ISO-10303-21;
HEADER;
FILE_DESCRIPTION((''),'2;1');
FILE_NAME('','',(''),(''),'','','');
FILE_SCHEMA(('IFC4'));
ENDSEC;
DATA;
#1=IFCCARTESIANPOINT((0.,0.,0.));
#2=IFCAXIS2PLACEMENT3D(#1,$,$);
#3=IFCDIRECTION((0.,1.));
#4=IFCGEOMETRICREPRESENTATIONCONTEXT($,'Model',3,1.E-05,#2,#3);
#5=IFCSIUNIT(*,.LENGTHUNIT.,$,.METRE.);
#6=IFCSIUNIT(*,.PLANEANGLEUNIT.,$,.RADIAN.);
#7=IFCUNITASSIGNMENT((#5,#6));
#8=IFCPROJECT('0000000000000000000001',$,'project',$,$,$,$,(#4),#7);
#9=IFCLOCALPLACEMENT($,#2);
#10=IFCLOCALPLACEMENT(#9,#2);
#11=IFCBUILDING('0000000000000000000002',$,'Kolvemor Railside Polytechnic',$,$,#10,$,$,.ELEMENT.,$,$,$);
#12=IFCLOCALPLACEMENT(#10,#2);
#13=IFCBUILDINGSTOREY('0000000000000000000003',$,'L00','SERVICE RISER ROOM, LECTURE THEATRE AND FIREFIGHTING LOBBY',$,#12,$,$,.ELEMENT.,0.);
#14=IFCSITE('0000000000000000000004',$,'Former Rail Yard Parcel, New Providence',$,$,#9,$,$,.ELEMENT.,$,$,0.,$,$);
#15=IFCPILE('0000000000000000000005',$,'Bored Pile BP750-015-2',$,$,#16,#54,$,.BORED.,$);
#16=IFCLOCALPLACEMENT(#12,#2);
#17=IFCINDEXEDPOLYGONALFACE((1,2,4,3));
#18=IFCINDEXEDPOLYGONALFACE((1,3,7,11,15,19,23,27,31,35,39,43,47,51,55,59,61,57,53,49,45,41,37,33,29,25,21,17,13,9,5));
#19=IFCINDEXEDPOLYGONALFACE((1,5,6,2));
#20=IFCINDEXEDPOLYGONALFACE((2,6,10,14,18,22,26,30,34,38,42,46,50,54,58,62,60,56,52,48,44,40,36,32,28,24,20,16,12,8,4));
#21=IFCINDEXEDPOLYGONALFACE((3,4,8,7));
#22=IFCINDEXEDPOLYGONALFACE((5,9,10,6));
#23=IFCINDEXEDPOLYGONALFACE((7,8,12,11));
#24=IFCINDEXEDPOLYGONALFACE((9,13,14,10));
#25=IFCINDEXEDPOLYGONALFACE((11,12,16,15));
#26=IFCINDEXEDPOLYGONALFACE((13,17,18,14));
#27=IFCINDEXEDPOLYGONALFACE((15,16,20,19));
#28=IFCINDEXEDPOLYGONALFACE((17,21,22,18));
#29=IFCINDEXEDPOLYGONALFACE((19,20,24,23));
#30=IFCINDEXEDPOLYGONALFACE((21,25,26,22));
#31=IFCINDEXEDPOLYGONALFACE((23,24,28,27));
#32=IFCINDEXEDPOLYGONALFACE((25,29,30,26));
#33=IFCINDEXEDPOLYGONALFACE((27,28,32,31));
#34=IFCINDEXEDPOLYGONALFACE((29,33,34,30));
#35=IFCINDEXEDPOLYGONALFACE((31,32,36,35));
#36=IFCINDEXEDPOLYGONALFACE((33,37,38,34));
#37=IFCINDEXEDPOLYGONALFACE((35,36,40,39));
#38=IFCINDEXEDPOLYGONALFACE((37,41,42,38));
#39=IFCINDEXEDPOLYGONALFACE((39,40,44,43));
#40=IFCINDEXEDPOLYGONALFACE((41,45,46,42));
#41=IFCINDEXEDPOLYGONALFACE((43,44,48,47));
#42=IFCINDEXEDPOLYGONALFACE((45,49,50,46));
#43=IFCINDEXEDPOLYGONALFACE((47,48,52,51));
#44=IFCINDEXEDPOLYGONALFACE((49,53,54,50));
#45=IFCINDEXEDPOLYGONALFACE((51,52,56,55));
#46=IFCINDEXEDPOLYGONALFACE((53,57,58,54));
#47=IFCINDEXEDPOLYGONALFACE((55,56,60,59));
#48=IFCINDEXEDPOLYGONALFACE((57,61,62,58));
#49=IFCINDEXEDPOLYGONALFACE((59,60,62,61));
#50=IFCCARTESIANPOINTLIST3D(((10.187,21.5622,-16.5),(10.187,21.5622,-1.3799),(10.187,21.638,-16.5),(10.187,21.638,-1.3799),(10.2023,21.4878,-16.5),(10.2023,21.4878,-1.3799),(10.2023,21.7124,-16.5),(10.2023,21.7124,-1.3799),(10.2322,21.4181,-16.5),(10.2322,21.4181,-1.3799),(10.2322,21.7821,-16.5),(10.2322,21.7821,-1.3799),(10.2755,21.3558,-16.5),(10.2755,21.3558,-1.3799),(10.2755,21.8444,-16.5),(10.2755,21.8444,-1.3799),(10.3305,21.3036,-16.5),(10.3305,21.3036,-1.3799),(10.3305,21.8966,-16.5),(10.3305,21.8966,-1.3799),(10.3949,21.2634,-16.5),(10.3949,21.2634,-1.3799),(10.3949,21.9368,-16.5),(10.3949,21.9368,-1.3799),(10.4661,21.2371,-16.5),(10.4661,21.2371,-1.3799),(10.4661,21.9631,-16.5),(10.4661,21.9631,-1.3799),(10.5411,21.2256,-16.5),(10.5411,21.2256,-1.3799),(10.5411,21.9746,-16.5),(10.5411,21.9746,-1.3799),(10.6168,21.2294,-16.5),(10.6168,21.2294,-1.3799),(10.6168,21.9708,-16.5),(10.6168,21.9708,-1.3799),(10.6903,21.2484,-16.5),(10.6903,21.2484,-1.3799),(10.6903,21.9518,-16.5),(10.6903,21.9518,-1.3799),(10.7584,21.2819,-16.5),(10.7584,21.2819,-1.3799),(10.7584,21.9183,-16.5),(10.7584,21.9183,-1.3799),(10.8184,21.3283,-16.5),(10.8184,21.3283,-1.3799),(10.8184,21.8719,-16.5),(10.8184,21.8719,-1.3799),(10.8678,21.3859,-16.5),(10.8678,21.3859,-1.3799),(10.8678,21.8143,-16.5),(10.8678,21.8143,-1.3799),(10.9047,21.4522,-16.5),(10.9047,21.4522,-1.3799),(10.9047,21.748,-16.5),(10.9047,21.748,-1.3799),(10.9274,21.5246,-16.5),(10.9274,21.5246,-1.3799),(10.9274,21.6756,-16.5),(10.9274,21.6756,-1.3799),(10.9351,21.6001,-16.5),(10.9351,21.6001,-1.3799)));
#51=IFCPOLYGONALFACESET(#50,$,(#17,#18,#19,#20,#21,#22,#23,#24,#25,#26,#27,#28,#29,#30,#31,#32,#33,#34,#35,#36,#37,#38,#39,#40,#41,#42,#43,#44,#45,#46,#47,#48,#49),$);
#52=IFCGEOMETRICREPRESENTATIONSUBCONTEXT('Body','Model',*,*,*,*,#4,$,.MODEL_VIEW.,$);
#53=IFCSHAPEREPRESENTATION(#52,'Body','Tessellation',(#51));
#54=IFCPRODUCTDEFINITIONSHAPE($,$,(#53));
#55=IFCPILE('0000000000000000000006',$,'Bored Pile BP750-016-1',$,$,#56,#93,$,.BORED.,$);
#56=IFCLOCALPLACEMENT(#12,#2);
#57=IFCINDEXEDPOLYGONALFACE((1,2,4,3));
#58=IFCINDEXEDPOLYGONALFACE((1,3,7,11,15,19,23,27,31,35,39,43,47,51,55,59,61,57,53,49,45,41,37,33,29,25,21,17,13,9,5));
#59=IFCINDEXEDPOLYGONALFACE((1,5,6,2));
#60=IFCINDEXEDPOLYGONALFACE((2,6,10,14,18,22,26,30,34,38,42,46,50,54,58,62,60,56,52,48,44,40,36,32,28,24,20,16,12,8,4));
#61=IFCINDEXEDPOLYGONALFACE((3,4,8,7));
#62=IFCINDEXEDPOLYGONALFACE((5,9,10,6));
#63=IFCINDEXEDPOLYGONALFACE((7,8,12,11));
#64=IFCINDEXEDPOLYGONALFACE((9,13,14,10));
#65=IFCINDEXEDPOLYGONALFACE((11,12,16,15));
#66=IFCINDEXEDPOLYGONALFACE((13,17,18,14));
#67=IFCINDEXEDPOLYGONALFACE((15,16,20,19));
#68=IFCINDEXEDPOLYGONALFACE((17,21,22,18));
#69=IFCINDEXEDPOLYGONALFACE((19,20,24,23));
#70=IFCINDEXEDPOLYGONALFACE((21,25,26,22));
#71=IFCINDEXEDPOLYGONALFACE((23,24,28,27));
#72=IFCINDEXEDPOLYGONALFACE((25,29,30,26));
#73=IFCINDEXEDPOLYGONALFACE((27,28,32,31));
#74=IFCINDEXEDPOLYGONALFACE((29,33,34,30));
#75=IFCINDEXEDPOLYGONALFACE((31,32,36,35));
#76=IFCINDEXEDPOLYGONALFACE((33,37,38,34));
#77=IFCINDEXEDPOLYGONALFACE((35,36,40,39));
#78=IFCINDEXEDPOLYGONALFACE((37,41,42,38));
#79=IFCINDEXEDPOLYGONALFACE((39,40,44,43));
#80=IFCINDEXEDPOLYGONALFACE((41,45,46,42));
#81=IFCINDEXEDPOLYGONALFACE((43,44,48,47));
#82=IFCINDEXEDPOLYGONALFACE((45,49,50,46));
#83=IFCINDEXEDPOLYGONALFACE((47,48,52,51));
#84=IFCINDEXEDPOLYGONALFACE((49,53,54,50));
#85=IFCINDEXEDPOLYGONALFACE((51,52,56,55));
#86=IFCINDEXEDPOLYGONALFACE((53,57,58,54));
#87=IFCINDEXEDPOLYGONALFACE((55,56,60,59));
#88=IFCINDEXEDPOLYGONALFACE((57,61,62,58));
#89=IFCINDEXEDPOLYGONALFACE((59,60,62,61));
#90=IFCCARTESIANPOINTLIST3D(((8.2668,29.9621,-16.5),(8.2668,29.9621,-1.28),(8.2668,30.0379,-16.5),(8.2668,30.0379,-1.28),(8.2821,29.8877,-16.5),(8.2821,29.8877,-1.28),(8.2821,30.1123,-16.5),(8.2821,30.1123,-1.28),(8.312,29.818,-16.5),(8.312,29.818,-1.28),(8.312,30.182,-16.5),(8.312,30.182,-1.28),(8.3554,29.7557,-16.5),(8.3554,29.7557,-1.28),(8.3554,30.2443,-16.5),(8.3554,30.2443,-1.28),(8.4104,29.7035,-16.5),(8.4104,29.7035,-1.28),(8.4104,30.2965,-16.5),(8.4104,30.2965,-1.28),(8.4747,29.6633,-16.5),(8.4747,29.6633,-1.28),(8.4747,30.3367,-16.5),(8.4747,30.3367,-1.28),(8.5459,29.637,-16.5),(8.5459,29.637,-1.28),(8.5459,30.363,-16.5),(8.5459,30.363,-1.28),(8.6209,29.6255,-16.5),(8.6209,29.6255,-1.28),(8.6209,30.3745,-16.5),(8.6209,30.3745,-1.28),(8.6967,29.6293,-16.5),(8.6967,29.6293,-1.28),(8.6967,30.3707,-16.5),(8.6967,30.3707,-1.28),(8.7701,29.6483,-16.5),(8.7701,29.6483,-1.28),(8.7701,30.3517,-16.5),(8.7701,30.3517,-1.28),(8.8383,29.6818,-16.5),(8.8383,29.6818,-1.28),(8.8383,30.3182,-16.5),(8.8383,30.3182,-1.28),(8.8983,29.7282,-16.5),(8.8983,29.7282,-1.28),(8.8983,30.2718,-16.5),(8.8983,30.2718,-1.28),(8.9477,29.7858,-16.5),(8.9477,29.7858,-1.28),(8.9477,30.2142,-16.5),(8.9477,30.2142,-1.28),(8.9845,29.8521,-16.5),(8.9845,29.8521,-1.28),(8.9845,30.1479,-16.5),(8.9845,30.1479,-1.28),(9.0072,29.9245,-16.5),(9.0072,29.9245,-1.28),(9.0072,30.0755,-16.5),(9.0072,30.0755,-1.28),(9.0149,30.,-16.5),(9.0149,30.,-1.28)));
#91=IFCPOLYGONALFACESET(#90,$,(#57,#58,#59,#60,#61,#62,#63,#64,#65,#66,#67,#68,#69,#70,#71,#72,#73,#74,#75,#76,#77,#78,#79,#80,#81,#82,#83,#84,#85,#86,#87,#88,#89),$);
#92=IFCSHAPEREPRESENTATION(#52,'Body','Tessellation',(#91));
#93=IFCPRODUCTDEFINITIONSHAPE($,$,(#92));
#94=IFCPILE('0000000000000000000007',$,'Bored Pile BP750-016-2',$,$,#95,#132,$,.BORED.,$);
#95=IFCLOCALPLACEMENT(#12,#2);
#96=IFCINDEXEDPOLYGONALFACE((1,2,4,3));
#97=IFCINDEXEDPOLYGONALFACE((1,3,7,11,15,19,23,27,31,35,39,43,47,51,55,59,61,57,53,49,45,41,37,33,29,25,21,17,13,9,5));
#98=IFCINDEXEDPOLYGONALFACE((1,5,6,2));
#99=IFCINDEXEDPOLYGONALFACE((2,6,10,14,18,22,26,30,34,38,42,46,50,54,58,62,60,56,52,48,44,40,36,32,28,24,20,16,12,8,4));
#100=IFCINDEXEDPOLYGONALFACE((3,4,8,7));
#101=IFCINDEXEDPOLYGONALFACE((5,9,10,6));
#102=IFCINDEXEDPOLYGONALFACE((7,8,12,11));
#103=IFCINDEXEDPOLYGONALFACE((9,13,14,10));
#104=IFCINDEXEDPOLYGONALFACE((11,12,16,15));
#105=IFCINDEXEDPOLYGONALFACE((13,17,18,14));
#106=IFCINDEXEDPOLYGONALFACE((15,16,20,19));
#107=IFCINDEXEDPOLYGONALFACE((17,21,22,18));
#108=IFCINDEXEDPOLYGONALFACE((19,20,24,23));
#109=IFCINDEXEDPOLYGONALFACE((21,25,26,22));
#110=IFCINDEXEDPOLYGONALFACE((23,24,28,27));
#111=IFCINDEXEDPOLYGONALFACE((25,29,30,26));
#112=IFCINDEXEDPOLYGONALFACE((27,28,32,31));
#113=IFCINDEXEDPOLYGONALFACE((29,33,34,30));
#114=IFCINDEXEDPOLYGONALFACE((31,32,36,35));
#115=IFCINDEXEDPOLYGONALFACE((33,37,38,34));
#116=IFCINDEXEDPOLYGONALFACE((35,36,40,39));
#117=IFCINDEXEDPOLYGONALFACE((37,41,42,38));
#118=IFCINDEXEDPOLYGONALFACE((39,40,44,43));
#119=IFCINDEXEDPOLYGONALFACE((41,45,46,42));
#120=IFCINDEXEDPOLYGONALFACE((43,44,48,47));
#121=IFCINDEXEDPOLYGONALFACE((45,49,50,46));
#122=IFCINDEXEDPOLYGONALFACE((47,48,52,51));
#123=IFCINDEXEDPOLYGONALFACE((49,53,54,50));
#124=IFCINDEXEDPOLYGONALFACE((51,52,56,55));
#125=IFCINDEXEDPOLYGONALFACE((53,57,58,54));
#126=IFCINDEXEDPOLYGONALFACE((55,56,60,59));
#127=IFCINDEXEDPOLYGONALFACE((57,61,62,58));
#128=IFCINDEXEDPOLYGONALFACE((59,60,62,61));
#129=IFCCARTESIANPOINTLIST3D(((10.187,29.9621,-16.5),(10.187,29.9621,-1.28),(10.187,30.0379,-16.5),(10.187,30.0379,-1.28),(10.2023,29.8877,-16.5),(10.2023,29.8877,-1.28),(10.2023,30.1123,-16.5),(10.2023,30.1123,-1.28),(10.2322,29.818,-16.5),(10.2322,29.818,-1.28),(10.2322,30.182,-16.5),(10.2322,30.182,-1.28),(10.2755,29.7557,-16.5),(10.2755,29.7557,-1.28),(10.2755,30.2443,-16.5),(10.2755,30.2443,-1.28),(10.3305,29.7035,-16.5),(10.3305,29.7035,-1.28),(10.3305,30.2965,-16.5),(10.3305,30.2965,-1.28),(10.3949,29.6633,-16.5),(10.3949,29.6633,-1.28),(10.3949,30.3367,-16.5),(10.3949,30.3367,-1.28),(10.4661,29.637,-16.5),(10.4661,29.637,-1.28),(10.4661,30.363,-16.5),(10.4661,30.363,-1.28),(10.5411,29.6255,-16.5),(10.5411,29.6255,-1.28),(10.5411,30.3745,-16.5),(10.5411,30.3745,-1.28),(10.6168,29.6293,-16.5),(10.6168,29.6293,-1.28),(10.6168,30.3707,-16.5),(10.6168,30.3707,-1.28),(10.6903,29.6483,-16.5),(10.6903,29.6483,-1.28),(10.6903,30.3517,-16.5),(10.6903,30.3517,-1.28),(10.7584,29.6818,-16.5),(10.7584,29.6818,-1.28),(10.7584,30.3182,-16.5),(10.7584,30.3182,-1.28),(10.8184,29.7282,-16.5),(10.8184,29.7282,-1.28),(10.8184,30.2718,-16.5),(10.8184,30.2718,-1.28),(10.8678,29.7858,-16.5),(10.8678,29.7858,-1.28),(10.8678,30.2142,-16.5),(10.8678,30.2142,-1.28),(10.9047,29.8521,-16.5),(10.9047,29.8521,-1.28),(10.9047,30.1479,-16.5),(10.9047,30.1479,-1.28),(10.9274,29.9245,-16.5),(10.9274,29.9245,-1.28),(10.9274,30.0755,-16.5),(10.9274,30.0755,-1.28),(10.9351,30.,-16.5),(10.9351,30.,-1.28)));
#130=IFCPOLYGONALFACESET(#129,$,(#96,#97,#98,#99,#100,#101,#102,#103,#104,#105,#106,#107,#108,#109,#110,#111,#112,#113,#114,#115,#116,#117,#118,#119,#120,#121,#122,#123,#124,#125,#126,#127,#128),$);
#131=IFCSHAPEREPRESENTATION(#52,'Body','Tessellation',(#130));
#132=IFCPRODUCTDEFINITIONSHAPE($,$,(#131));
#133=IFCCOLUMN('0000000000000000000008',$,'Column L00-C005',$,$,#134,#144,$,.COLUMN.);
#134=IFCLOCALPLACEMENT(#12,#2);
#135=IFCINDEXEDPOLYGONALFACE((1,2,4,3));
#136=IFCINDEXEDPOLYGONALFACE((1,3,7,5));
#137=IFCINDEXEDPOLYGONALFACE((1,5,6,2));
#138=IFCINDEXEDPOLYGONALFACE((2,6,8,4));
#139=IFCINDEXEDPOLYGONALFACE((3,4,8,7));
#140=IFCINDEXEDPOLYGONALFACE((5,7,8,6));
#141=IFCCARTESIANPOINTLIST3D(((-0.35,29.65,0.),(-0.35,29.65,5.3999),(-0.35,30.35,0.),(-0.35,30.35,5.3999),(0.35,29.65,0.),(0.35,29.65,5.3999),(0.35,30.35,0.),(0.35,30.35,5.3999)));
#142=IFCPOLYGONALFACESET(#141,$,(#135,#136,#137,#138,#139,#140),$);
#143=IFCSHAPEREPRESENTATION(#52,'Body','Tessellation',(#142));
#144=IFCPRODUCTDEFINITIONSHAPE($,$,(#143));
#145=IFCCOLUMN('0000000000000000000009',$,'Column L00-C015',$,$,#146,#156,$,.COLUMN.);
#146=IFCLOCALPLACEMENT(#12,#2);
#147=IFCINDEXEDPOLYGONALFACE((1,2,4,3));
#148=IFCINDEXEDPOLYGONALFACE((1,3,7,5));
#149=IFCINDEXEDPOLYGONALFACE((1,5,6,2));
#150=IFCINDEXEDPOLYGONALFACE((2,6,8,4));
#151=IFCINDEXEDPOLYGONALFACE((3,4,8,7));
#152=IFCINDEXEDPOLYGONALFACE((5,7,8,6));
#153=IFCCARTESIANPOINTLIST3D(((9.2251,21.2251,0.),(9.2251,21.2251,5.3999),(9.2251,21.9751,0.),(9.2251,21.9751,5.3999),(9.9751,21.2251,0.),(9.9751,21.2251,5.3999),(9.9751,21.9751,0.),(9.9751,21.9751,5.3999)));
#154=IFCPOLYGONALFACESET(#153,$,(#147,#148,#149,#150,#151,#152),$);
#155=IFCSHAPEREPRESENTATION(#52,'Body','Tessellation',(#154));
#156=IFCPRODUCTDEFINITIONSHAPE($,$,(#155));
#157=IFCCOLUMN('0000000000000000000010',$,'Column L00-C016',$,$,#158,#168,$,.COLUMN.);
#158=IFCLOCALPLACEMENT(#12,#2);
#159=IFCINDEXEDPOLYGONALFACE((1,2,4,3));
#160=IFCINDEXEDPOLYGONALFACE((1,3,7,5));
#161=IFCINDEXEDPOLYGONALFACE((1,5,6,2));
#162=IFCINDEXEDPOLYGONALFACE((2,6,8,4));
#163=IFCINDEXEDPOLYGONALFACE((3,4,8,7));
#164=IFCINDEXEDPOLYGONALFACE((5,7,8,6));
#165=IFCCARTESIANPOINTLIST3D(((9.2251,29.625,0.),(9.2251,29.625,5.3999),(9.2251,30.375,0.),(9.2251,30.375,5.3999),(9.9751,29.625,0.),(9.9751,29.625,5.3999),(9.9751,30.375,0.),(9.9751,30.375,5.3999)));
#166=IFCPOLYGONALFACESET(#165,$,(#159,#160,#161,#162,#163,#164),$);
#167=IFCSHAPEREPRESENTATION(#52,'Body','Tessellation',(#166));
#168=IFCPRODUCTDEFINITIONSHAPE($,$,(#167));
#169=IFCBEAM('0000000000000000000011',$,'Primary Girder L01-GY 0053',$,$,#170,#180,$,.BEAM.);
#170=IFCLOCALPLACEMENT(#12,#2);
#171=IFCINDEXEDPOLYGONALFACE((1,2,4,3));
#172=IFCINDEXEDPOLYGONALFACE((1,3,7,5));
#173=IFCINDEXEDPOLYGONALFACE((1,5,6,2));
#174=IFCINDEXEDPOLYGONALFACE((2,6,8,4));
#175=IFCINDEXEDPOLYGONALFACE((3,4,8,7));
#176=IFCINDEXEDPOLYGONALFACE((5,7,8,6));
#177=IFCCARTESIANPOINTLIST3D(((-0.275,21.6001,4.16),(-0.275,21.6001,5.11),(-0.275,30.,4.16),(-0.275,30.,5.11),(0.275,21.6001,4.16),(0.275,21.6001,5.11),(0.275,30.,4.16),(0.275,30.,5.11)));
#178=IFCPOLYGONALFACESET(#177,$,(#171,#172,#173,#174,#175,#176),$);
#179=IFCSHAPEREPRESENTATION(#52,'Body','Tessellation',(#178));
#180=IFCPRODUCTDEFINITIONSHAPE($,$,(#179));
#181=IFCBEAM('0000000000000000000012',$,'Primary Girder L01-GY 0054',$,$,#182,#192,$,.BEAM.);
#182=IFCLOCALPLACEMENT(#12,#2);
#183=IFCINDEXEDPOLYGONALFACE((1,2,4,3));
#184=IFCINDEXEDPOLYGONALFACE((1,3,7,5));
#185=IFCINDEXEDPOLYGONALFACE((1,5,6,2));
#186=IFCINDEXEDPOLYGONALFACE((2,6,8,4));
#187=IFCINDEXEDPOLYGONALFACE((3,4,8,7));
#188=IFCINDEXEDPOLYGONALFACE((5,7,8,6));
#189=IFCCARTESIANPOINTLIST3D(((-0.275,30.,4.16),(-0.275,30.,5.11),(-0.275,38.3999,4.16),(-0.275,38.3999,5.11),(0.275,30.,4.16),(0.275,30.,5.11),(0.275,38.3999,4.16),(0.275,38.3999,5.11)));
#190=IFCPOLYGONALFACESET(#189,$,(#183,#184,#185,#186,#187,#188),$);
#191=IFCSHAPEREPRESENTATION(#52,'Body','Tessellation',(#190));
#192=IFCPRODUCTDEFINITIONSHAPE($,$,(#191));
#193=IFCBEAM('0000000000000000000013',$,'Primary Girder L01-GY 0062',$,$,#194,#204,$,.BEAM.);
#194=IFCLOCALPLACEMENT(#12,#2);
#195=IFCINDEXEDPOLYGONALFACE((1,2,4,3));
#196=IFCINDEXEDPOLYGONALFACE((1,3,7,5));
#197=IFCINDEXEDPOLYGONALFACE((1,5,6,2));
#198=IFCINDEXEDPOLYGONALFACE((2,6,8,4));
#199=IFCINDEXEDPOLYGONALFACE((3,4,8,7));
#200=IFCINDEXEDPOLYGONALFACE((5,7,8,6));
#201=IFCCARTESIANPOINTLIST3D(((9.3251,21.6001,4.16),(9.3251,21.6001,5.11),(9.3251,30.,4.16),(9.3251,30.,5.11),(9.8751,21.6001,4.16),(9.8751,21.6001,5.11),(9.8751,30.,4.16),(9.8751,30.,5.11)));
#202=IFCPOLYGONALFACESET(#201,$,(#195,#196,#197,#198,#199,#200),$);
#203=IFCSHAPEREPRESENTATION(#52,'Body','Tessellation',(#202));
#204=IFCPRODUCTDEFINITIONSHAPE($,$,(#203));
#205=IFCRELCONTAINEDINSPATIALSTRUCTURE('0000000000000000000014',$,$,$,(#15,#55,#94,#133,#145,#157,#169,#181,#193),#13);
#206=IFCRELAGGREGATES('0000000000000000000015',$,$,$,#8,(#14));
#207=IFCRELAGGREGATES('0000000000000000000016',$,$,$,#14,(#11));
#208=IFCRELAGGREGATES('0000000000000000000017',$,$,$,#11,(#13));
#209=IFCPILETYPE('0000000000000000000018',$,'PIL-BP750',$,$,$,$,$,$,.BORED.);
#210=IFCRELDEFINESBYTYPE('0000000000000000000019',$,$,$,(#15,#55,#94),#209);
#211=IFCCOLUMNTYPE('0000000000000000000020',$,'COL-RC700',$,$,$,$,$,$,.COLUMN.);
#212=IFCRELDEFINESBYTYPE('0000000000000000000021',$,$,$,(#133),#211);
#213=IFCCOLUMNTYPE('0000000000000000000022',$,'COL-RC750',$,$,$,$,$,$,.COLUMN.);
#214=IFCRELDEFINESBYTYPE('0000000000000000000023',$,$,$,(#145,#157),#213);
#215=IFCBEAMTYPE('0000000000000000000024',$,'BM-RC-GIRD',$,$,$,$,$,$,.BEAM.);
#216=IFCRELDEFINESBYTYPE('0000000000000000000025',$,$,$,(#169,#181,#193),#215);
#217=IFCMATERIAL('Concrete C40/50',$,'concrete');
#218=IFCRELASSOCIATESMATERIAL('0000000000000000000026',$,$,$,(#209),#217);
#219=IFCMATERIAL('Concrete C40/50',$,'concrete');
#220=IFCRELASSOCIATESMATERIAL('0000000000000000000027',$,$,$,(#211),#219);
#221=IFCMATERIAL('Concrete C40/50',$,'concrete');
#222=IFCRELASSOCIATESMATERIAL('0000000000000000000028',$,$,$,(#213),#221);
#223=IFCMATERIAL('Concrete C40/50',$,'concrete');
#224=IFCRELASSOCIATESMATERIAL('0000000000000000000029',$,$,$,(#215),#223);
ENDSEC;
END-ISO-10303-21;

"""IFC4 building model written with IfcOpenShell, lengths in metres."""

from ifc_helpers import new_model, si_unit, direction, frame, origin, origin_2d, place, context, subcontext, project, spatial, rectangle, circle, extrude, material, material_profile, profile_set, type_object, element, save


model = new_model("IFC4")

# Units and contexts
model_context = context("Model", 3, precision=1e-05, world=origin(), true_north=direction((0.0, 1.0)))
body_context = subcontext(model_context, "Body", "Model", "MODEL_VIEW")
ifc_project = project(units=[si_unit("LENGTHUNIT", "METRE"), si_unit("PLANEANGLEUNIT", "RADIAN")], contexts=[model_context])

# Site, building, storey
site_placement = place(None, origin())
site = spatial("IfcSite", under=ifc_project, at=site_placement, Name="Former Rail Yard Parcel, New Providence", CompositionType="ELEMENT", RefElevation=0.0)
building_placement = place(site_placement, origin())
building = spatial("IfcBuilding", under=site, at=building_placement, Name="Kolvemor Railside Polytechnic", CompositionType="ELEMENT")
storey_placement = place(building_placement, origin())
storey = spatial("IfcBuildingStorey", under=building, at=storey_placement, Name="L00", Description="SERVICE RISER ROOM, LECTURE THEATRE AND FIREFIGHTING LOBBY", CompositionType="ELEMENT", Elevation=0.0)

# Piles
ifc_material_1 = material(Name="Concrete C40/50", Category="concrete")
ifc_material_profile_1 = material_profile(ifc_material_1, circle(Radius=0.375, at=origin_2d()), Name="BP750")
ifc_profile_set_1 = profile_set([ifc_material_profile_1], Name="Concrete C40/50")
pile_type = type_object("IfcPileType", Name="PIL-BP750", PredefinedType="BORED", material=ifc_profile_set_1)
for number, where, z_axis, x_axis, name in (
    (1, (10.5601, 21.6001, -1.3799), (0.0, 0.0, -1.0), (1.0, 0.0, 0.0), "Bored Pile BP750-015-2"),
):
    element("IfcPile", number, at=place(storey_placement, frame(where, z_axis=z_axis, x_axis=x_axis)), inside=storey, type_object=pile_type, Name=name, PredefinedType="BORED", context=body_context, shape_type="SweptSolid", body=[
        extrude(circle(Radius=0.375, at=origin_2d()), origin(), (0.0, 0.0, 1.0), 15.1201),
    ])
for number, where, z_axis, x_axis, name in (
    (2, (8.6399, 30.0, -1.28), (0.0, 0.0, -1.0), (1.0, 0.0, 0.0), "Bored Pile BP750-016-1"),
    (3, (10.5601, 30.0, -1.28), (0.0, 0.0, -1.0), (1.0, 0.0, 0.0), "Bored Pile BP750-016-2"),
):
    element("IfcPile", number, at=place(storey_placement, frame(where, z_axis=z_axis, x_axis=x_axis)), inside=storey, type_object=pile_type, Name=name, PredefinedType="BORED", context=body_context, shape_type="SweptSolid", body=[
        extrude(circle(Radius=0.375, at=origin_2d()), origin(), (0.0, 0.0, 1.0), 15.22),
    ])

# Columns
ifc_material_2 = material(Name="Concrete C40/50", Category="concrete")
ifc_material_profile_2 = material_profile(ifc_material_2, rectangle(XDim=0.7, YDim=0.7, at=origin_2d()), Name="RC700x700")
ifc_profile_set_2 = profile_set([ifc_material_profile_2], Name="Concrete C40/50")
column_type_1 = type_object("IfcColumnType", Name="COL-RC700", PredefinedType="COLUMN", material=ifc_profile_set_2)
column_placement = place(storey_placement, frame((0.0, 30.0, 0.0), z_axis=(0.0, 0.0, 1.0), x_axis=(1.0, 0.0, 0.0)))
element("IfcColumn", 4, at=column_placement, inside=storey, type_object=column_type_1, Name="Column L00-C005", PredefinedType="COLUMN", context=body_context, shape_type="SweptSolid", body=[
    extrude(rectangle(XDim=0.7, YDim=0.7, at=origin_2d()), origin(), (0.0, 0.0, 1.0), 5.3999),
])
ifc_material_3 = material(Name="Concrete C40/50", Category="concrete")
ifc_material_profile_3 = material_profile(ifc_material_3, rectangle(XDim=0.75, YDim=0.75, at=origin_2d()), Name="RC750x750")
ifc_profile_set_3 = profile_set([ifc_material_profile_3], Name="Concrete C40/50")
column_type_2 = type_object("IfcColumnType", Name="COL-RC750", PredefinedType="COLUMN", material=ifc_profile_set_3)
for number, where, z_axis, x_axis, name in (
    (5, (9.6001, 21.6001, 0.0), (0.0, 0.0, 1.0), (1.0, 0.0, 0.0), "Column L00-C015"),
    (6, (9.6001, 30.0, 0.0), (0.0, 0.0, 1.0), (1.0, 0.0, 0.0), "Column L00-C016"),
):
    element("IfcColumn", number, at=place(storey_placement, frame(where, z_axis=z_axis, x_axis=x_axis)), inside=storey, type_object=column_type_2, Name=name, PredefinedType="COLUMN", context=body_context, shape_type="SweptSolid", body=[
        extrude(rectangle(XDim=0.75, YDim=0.75, at=origin_2d()), origin(), (0.0, 0.0, 1.0), 5.3999),
    ])

# Beams
ifc_material_4 = material(Name="Concrete C40/50", Category="concrete")
ifc_material_profile_4 = material_profile(ifc_material_4, rectangle(XDim=0.55, YDim=0.95, at=origin_2d()), Name="RC550x950")
ifc_profile_set_4 = profile_set([ifc_material_profile_4], Name="Concrete C40/50")
beam_type_1 = type_object("IfcBeamType", Name="BM-RC-GIRD", PredefinedType="BEAM", material=ifc_profile_set_4)
for number, where, z_axis, x_axis, name in (
    (7, (0.0, 21.6001, 4.635), (0.0, 1.0, 0.0), (-1.0, 0.0, 0.0), "Primary Girder L01-GY 0053"),
    (8, (0.0, 30.0, 4.635), (0.0, 1.0, 0.0), (-1.0, 0.0, 0.0), "Primary Girder L01-GY 0054"),
    (9, (9.6001, 21.6001, 4.635), (0.0, 1.0, 0.0), (-1.0, 0.0, 0.0), "Primary Girder L01-GY 0062"),
):
    element("IfcBeam", number, at=place(storey_placement, frame(where, z_axis=z_axis, x_axis=x_axis)), inside=storey, type_object=beam_type_1, Name=name, PredefinedType="BEAM", context=body_context, shape_type="SweptSolid", body=[
        extrude(rectangle(XDim=0.55, YDim=0.95, at=origin_2d()), origin(), (0.0, 0.0, 1.0), 8.3999),
    ])

save(model, "model.ifc")
